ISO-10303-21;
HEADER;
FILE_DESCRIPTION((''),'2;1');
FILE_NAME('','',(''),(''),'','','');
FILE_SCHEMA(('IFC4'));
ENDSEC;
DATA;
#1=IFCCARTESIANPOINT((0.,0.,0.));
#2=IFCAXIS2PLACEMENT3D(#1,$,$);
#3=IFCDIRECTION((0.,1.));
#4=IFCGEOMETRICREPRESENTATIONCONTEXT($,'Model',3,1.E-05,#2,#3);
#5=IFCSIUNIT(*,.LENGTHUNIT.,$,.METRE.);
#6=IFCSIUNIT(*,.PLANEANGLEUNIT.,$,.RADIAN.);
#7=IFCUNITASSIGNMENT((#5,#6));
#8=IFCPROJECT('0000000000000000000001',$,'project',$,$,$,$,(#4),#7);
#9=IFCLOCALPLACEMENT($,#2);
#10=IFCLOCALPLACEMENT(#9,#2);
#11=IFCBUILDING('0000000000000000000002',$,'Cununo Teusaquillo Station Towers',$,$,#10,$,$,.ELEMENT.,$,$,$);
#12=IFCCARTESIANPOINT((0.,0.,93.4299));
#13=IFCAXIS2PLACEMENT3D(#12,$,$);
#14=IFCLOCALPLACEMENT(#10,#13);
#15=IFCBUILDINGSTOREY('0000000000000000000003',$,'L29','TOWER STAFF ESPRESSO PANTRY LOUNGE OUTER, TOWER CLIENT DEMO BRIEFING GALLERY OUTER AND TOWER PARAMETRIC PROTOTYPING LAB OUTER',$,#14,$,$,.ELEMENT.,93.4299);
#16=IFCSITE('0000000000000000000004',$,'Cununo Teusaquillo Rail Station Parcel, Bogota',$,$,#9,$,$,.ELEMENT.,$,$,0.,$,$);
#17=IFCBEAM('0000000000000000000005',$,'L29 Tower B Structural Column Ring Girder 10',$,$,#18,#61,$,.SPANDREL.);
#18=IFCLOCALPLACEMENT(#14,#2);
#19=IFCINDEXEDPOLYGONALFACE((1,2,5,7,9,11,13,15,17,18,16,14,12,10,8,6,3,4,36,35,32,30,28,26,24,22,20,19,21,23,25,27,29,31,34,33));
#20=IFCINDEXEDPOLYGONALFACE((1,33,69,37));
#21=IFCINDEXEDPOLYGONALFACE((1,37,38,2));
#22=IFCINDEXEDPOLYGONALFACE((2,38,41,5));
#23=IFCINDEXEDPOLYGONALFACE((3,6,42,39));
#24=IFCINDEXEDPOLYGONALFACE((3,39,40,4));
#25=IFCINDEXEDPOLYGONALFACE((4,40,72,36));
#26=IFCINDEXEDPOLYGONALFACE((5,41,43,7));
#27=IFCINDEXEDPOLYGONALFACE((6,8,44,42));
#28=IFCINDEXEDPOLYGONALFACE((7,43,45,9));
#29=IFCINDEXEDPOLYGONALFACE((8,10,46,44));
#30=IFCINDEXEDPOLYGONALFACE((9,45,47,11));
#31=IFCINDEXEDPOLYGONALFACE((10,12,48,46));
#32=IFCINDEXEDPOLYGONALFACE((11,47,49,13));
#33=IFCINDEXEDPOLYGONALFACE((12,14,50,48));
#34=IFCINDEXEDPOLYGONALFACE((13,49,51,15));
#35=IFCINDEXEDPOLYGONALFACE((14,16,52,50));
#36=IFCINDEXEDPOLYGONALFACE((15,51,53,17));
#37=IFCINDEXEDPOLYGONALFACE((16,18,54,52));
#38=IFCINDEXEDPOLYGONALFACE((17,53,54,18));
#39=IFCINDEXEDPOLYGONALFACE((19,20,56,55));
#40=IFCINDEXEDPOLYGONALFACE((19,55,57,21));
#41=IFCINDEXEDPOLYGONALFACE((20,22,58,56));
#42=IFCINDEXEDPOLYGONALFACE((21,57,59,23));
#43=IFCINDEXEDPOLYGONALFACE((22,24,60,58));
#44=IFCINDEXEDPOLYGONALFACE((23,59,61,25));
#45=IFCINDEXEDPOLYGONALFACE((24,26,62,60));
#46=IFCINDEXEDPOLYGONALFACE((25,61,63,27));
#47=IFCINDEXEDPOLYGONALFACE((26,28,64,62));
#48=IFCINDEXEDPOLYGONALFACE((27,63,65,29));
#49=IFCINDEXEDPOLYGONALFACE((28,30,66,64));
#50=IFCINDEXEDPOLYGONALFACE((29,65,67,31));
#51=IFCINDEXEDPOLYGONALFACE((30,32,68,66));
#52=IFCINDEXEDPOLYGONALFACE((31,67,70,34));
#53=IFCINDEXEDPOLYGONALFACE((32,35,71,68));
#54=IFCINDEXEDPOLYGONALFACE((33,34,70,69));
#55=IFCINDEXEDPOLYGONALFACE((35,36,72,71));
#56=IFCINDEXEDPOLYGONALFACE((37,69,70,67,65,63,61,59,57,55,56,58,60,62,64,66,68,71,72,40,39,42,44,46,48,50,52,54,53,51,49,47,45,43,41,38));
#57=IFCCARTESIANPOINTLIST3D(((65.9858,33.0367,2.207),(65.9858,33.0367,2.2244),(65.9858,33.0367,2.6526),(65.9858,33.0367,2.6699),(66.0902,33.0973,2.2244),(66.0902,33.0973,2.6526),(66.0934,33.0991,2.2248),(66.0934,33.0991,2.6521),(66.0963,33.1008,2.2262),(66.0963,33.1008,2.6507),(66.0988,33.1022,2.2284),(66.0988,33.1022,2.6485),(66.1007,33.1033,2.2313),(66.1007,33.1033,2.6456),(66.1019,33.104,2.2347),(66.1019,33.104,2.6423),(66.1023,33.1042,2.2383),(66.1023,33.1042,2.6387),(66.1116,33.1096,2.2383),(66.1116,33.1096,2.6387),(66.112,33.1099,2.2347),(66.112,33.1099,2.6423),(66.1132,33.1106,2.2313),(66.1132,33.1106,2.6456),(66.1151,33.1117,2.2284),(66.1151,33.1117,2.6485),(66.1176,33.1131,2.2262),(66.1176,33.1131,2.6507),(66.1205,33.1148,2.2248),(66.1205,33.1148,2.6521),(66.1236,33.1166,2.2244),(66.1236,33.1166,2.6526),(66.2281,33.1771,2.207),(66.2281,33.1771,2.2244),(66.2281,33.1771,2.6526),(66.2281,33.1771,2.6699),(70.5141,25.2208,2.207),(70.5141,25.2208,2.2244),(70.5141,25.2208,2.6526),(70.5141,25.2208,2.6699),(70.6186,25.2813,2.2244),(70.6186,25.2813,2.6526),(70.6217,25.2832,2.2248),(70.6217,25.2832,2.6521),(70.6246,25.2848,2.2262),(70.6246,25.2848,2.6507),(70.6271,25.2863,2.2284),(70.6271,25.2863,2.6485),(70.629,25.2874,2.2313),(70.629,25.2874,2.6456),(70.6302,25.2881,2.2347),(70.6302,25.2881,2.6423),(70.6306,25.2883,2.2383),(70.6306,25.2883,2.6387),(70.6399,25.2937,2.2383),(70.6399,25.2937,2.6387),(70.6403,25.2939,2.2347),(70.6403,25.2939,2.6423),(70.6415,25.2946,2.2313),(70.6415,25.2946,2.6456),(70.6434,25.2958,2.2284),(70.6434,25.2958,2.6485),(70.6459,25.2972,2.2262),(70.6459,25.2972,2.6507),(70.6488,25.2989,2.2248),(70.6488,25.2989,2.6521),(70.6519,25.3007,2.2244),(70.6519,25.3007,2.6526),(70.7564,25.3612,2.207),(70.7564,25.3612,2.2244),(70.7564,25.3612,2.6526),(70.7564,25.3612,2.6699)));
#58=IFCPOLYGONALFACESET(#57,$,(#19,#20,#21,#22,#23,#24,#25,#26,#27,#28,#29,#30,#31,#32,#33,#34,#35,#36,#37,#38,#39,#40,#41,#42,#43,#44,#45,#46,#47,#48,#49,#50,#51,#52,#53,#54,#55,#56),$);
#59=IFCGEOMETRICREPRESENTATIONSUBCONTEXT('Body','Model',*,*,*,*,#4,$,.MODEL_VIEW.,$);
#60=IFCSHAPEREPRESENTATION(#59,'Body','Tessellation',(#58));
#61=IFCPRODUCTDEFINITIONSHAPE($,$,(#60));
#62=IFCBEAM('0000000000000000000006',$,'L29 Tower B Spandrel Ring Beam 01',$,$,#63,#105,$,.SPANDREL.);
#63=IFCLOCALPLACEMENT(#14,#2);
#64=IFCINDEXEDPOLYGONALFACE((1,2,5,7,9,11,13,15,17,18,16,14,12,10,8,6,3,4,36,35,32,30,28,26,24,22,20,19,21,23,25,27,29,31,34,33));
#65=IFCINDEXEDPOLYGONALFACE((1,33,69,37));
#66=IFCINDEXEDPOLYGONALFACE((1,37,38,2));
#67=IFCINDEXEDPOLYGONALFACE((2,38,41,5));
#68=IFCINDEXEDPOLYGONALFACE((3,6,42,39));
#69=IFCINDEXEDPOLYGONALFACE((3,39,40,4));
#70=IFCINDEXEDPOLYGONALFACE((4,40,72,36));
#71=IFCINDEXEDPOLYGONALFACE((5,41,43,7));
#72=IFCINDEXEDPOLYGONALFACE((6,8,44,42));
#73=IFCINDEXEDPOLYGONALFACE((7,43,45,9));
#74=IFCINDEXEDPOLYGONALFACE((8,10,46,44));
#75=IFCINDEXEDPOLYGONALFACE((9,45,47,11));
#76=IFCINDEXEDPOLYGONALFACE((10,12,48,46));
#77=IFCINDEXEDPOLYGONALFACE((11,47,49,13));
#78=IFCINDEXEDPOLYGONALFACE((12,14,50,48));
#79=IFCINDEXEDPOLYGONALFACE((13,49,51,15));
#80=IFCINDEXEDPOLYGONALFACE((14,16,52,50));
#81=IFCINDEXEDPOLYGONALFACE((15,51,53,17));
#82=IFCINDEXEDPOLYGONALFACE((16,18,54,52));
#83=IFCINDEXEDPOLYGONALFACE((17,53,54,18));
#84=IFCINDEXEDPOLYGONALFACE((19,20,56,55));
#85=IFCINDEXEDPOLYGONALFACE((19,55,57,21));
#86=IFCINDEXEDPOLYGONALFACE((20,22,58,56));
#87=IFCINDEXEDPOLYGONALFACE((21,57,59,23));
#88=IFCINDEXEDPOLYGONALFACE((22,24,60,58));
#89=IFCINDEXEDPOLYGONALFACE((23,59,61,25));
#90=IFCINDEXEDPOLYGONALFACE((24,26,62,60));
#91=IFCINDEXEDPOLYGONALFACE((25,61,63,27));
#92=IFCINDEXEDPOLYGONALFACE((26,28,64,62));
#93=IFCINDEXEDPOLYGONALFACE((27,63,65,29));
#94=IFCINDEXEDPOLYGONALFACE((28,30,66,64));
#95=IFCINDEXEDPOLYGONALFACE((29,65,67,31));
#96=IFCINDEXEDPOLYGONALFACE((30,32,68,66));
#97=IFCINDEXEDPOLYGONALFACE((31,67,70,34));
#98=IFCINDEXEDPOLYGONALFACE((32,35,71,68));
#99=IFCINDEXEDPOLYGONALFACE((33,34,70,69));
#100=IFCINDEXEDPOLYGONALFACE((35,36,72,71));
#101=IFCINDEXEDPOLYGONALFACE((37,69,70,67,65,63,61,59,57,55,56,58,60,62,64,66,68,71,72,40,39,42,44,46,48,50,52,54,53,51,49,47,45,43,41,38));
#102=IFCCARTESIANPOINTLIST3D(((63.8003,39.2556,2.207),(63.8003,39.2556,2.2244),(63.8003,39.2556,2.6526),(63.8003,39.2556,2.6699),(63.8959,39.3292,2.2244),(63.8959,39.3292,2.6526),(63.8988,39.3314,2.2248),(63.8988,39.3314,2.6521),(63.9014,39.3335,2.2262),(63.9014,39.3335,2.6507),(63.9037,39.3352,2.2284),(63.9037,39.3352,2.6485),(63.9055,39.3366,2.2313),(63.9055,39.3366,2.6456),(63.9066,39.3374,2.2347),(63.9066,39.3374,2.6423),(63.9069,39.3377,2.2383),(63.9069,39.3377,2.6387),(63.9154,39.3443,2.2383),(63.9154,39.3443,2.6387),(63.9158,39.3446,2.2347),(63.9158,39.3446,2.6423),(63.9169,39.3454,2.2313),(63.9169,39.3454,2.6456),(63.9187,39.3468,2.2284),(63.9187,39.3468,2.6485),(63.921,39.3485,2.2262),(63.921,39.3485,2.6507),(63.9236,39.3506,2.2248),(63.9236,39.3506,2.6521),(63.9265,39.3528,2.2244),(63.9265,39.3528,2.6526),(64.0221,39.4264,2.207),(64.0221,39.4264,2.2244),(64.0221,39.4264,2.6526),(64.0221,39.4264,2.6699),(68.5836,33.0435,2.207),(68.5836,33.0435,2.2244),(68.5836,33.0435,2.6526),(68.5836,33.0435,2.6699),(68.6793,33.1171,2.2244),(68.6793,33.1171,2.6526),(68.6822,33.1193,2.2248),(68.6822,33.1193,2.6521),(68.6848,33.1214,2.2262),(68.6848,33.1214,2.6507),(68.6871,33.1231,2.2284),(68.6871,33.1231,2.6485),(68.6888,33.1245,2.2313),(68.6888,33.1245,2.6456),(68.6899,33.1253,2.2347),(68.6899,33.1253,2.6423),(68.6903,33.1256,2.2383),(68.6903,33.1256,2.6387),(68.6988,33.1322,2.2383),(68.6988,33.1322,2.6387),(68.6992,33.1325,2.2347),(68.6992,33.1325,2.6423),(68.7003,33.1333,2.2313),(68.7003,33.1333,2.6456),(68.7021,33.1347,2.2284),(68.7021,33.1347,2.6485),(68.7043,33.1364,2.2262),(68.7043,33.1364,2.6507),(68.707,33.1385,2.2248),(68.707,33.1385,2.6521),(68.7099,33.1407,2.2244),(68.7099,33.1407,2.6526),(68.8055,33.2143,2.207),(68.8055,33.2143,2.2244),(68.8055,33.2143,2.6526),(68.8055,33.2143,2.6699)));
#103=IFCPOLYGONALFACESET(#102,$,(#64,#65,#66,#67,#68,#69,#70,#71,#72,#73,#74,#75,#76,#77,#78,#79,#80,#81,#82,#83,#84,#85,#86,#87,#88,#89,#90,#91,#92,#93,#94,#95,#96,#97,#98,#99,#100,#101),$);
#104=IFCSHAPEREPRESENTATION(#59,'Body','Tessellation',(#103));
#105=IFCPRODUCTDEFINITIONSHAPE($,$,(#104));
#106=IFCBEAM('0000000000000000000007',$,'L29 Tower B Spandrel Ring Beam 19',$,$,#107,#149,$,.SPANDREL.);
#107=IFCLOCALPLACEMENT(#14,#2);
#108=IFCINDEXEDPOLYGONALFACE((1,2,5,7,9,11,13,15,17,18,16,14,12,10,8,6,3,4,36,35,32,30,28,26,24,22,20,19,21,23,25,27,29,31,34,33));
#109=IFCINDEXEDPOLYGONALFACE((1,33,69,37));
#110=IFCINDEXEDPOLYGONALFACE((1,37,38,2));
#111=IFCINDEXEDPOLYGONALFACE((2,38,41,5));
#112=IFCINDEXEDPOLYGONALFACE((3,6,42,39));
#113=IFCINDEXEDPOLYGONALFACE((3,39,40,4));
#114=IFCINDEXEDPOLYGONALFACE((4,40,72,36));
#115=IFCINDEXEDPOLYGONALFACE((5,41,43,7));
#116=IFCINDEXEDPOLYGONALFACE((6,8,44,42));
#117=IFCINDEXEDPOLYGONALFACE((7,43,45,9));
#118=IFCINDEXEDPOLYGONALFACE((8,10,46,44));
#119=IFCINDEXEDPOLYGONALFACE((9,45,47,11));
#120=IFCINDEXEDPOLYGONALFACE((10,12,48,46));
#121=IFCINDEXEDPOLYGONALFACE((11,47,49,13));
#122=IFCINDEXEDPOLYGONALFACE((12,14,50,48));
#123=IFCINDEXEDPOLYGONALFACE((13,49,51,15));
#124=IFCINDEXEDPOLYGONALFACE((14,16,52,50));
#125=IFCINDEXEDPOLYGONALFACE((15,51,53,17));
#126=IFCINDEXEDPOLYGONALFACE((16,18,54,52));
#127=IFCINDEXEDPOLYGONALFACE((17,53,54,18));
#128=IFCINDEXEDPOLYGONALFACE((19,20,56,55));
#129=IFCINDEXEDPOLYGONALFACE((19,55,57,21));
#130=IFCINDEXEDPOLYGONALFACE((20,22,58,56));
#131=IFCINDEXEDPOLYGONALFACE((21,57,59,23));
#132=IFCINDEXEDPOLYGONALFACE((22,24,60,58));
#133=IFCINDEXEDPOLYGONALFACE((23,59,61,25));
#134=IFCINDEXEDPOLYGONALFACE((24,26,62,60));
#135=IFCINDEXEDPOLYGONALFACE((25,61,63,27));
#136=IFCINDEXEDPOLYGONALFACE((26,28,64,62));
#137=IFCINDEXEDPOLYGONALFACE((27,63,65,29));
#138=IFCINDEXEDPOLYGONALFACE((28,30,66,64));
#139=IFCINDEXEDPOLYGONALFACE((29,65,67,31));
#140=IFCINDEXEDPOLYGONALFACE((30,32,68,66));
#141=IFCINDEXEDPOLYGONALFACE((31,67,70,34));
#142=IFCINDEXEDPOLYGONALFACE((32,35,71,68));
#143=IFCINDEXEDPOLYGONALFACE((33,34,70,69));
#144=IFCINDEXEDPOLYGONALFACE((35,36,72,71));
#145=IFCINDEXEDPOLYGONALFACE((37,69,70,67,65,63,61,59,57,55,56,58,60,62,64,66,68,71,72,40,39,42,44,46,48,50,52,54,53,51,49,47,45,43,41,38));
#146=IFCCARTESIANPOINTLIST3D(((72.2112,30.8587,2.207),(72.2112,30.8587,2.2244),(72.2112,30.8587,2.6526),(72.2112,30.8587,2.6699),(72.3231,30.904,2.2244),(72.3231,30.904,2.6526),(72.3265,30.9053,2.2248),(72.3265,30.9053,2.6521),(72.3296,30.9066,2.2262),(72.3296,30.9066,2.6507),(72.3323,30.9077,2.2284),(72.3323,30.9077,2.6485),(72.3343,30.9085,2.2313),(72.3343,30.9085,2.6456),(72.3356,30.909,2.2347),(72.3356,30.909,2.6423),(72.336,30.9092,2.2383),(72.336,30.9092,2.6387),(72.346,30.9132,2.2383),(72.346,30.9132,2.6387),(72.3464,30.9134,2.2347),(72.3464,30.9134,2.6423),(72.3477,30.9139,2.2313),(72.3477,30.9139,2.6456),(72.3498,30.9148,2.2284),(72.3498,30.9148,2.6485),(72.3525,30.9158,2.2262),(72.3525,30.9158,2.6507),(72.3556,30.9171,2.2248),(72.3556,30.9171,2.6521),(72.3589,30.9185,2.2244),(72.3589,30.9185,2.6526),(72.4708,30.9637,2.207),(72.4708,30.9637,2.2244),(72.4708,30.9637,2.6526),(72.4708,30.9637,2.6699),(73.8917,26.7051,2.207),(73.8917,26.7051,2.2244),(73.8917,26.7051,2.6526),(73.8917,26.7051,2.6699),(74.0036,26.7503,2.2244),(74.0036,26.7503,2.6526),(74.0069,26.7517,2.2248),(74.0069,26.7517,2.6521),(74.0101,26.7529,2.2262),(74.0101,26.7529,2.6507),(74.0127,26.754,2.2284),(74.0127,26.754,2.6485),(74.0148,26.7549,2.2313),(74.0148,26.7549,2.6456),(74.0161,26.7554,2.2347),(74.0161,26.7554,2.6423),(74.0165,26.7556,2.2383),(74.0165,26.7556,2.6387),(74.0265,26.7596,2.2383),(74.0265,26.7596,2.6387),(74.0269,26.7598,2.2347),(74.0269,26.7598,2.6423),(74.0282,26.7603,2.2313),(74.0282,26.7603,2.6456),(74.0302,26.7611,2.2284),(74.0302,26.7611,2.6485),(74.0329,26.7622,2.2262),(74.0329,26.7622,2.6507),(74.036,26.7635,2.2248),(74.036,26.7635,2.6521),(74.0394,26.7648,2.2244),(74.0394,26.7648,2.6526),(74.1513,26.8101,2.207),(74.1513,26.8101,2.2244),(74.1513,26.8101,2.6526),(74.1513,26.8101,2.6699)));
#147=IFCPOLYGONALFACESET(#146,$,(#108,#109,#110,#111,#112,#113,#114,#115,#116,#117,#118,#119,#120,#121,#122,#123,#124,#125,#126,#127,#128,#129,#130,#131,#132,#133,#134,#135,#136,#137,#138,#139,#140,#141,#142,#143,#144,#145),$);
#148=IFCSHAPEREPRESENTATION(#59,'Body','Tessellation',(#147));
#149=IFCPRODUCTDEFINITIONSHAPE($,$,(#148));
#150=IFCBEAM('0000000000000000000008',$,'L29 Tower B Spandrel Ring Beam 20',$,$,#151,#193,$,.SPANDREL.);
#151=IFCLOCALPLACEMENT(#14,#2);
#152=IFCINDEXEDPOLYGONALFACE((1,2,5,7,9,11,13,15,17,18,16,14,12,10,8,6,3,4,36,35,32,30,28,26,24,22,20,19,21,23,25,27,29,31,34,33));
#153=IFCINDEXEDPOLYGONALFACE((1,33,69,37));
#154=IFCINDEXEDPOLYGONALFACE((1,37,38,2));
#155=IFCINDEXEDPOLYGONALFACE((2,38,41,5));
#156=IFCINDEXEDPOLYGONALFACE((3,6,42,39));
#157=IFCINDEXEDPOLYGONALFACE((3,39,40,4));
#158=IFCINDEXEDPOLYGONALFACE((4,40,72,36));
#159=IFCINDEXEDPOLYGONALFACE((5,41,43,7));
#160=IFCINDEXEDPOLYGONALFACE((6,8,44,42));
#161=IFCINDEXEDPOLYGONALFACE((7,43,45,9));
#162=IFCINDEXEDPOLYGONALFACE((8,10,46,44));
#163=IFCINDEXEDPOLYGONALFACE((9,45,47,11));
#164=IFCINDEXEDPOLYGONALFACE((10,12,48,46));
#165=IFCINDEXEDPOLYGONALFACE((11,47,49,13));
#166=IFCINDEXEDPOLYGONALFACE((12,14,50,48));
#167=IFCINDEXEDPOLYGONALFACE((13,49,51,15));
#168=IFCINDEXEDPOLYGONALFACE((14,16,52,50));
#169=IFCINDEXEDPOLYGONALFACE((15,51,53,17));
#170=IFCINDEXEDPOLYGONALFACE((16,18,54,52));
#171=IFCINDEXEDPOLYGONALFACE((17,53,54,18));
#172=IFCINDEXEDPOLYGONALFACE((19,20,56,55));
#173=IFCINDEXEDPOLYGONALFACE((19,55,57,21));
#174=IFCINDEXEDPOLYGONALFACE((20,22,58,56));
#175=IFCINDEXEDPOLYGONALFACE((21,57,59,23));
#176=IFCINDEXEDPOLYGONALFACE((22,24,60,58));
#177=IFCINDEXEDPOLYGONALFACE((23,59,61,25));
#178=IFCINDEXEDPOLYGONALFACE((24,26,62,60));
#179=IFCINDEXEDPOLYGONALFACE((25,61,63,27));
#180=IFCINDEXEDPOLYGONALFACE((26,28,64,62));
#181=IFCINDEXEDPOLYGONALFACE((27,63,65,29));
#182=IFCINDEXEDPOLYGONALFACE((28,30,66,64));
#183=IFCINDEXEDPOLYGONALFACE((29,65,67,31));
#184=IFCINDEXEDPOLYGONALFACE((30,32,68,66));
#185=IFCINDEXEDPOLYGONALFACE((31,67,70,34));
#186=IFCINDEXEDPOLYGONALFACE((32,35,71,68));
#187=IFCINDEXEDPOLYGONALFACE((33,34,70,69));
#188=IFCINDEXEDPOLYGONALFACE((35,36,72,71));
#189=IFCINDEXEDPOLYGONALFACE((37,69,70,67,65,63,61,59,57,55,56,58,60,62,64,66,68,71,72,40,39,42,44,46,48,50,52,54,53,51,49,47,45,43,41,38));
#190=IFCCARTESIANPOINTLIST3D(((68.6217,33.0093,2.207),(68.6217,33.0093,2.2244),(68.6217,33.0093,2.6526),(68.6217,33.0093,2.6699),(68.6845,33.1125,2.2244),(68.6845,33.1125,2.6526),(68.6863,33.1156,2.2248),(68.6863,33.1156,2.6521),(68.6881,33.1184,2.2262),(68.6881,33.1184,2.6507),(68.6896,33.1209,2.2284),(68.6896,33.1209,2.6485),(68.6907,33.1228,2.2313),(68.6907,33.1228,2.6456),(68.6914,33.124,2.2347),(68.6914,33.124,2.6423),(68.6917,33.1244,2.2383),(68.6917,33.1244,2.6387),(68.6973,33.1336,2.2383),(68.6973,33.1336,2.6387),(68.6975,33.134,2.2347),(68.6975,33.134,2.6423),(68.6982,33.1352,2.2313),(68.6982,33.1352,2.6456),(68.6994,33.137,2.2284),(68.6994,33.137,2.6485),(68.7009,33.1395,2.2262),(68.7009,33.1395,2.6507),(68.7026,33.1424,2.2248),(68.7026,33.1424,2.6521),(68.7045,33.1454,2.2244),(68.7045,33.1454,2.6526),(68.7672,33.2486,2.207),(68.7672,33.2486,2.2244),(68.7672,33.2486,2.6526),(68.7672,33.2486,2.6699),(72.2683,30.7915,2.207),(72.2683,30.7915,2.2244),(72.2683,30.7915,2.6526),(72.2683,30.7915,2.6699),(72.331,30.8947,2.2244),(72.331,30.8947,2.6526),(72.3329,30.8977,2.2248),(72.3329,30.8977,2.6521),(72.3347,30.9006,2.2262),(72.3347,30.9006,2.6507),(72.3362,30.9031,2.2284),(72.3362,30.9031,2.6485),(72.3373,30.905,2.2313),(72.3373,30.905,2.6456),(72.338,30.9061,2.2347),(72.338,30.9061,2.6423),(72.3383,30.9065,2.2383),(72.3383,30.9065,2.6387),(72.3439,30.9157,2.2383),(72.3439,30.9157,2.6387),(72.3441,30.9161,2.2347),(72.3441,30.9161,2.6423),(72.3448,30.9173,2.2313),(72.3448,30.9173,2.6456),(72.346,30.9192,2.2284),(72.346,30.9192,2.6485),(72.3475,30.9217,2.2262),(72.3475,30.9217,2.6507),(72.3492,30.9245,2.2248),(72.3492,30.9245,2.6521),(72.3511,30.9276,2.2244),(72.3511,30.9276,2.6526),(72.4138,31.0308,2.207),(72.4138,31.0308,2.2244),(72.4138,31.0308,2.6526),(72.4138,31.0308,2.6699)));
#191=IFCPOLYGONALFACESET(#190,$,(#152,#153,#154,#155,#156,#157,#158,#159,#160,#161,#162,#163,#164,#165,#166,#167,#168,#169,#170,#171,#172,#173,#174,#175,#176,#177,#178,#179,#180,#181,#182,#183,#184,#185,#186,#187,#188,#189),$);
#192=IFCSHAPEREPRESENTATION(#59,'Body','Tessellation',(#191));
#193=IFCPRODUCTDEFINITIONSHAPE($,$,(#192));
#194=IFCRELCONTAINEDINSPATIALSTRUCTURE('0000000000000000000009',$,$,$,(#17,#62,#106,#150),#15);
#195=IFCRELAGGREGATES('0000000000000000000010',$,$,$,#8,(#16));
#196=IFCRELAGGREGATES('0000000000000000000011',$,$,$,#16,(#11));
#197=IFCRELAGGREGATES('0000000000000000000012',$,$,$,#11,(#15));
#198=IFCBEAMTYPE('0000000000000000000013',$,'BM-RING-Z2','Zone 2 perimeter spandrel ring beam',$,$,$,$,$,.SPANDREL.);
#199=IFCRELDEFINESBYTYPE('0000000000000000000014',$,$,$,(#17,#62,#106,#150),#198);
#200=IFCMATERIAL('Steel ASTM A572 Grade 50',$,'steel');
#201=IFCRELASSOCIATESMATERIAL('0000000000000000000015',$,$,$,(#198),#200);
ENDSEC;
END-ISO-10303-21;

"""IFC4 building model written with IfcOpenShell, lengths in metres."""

from ifc_helpers import new_model, si_unit, direction, frame, origin, origin_2d, place, context, subcontext, project, spatial, i_section, extrude, material, material_profile, profile_set, type_object, element, save


model = new_model("IFC4")

# Units and contexts
model_context = context("Model", 3, precision=1e-05, world=origin(), true_north=direction((0.0, 1.0)))
body_context = subcontext(model_context, "Body", "Model", "MODEL_VIEW")
ifc_project = project(units=[si_unit("LENGTHUNIT", "METRE"), si_unit("PLANEANGLEUNIT", "RADIAN")], contexts=[model_context])

# Site, building, storey
site_placement = place(None, origin())
site = spatial("IfcSite", under=ifc_project, at=site_placement, Name="Cununo Teusaquillo Rail Station Parcel, Bogota", CompositionType="ELEMENT", RefElevation=0.0)
building_placement = place(site_placement, origin())
building = spatial("IfcBuilding", under=site, at=building_placement, Name="Cununo Teusaquillo Station Towers", CompositionType="ELEMENT")
storey_placement = place(building_placement, frame((0.0, 0.0, 93.4299)))
storey = spatial("IfcBuildingStorey", under=building, at=storey_placement, Name="L29", Description="TOWER STAFF ESPRESSO PANTRY LOUNGE OUTER, TOWER CLIENT DEMO BRIEFING GALLERY OUTER AND TOWER PARAMETRIC PROTOTYPING LAB OUTER", CompositionType="ELEMENT", Elevation=93.4299)

# Beams
ifc_material_1 = material(Name="Steel ASTM A572 Grade 50", Category="steel")
ifc_material_profile_1 = material_profile(ifc_material_1, i_section(OverallWidth=0.28, OverallDepth=0.4629, WebThickness=0.0107, FlangeThickness=0.0173, FilletRadius=0.0139, at=origin_2d()), Name="W18X76")
ifc_profile_set_1 = profile_set([ifc_material_profile_1], Name="Steel ASTM A572 Grade 50")
beam_type_1 = type_object("IfcBeamType", Name="BM-RING-Z2", Description="Zone 2 perimeter spandrel ring beam", PredefinedType="SPANDREL", material=ifc_profile_set_1)
for number, where, z_axis, x_axis, name in (
    (1, (70.6353, 25.291, 2.4385), (-0.501311, 0.865267, 0.0), (-0.865267, -0.501311, 0.0), "L29 Tower B Structural Column Ring Girder 10"),
):
    element("IfcBeam", number, at=place(storey_placement, frame(where, z_axis=z_axis, x_axis=x_axis)), inside=storey, type_object=beam_type_1, Name=name, PredefinedType="SPANDREL", context=body_context, shape_type="SweptSolid", body=[
        extrude(i_section(OverallWidth=0.28, OverallDepth=0.4629, WebThickness=0.0107, FlangeThickness=0.0173, FilletRadius=0.0139, at=origin_2d()), origin(), (0.0, 0.0, 1.0), 9.033),
    ])
beam_1_placement = place(storey_placement, frame((68.6946, 33.1289, 2.4385), z_axis=(-0.6101, 0.792324, 0.0), x_axis=(-0.792324, -0.6101, 0.0)))
element("IfcBeam", 2, at=beam_1_placement, inside=storey, type_object=beam_type_1, Name="L29 Tower B Spandrel Ring Beam 01", PredefinedType="SPANDREL", context=body_context, shape_type="SweptSolid", body=[
    extrude(i_section(OverallWidth=0.28, OverallDepth=0.4629, WebThickness=0.0107, FlangeThickness=0.0173, FilletRadius=0.0139, at=origin_2d()), origin(), (0.0, 0.0, 1.0), 7.8403),
])
beam_2_placement = place(storey_placement, frame((74.0215, 26.7576, 2.4385), z_axis=(-0.375042, 0.927008, 0.0), x_axis=(-0.927008, -0.375042, 0.0)))
element("IfcBeam", 3, at=beam_2_placement, inside=storey, type_object=beam_type_1, Name="L29 Tower B Spandrel Ring Beam 19", PredefinedType="SPANDREL", context=body_context, shape_type="SweptSolid", body=[
    extrude(i_section(OverallWidth=0.28, OverallDepth=0.4629, WebThickness=0.0107, FlangeThickness=0.0173, FilletRadius=0.0139, at=origin_2d()), origin(), (0.0, 0.0, 1.0), 4.4807),
])
beam_3_placement = place(storey_placement, frame((72.3411, 30.9111, 2.4385), z_axis=(-0.854388, 0.519635, 0.0), x_axis=(-0.519635, -0.854388, 0.0)))
element("IfcBeam", 4, at=beam_3_placement, inside=storey, type_object=beam_type_1, Name="L29 Tower B Spandrel Ring Beam 20", PredefinedType="SPANDREL", context=body_context, shape_type="SweptSolid", body=[
    extrude(i_section(OverallWidth=0.28, OverallDepth=0.4629, WebThickness=0.0107, FlangeThickness=0.0173, FilletRadius=0.0139, at=origin_2d()), origin(), (0.0, 0.0, 1.0), 4.2681),
])

save(model, "model.ifc")
